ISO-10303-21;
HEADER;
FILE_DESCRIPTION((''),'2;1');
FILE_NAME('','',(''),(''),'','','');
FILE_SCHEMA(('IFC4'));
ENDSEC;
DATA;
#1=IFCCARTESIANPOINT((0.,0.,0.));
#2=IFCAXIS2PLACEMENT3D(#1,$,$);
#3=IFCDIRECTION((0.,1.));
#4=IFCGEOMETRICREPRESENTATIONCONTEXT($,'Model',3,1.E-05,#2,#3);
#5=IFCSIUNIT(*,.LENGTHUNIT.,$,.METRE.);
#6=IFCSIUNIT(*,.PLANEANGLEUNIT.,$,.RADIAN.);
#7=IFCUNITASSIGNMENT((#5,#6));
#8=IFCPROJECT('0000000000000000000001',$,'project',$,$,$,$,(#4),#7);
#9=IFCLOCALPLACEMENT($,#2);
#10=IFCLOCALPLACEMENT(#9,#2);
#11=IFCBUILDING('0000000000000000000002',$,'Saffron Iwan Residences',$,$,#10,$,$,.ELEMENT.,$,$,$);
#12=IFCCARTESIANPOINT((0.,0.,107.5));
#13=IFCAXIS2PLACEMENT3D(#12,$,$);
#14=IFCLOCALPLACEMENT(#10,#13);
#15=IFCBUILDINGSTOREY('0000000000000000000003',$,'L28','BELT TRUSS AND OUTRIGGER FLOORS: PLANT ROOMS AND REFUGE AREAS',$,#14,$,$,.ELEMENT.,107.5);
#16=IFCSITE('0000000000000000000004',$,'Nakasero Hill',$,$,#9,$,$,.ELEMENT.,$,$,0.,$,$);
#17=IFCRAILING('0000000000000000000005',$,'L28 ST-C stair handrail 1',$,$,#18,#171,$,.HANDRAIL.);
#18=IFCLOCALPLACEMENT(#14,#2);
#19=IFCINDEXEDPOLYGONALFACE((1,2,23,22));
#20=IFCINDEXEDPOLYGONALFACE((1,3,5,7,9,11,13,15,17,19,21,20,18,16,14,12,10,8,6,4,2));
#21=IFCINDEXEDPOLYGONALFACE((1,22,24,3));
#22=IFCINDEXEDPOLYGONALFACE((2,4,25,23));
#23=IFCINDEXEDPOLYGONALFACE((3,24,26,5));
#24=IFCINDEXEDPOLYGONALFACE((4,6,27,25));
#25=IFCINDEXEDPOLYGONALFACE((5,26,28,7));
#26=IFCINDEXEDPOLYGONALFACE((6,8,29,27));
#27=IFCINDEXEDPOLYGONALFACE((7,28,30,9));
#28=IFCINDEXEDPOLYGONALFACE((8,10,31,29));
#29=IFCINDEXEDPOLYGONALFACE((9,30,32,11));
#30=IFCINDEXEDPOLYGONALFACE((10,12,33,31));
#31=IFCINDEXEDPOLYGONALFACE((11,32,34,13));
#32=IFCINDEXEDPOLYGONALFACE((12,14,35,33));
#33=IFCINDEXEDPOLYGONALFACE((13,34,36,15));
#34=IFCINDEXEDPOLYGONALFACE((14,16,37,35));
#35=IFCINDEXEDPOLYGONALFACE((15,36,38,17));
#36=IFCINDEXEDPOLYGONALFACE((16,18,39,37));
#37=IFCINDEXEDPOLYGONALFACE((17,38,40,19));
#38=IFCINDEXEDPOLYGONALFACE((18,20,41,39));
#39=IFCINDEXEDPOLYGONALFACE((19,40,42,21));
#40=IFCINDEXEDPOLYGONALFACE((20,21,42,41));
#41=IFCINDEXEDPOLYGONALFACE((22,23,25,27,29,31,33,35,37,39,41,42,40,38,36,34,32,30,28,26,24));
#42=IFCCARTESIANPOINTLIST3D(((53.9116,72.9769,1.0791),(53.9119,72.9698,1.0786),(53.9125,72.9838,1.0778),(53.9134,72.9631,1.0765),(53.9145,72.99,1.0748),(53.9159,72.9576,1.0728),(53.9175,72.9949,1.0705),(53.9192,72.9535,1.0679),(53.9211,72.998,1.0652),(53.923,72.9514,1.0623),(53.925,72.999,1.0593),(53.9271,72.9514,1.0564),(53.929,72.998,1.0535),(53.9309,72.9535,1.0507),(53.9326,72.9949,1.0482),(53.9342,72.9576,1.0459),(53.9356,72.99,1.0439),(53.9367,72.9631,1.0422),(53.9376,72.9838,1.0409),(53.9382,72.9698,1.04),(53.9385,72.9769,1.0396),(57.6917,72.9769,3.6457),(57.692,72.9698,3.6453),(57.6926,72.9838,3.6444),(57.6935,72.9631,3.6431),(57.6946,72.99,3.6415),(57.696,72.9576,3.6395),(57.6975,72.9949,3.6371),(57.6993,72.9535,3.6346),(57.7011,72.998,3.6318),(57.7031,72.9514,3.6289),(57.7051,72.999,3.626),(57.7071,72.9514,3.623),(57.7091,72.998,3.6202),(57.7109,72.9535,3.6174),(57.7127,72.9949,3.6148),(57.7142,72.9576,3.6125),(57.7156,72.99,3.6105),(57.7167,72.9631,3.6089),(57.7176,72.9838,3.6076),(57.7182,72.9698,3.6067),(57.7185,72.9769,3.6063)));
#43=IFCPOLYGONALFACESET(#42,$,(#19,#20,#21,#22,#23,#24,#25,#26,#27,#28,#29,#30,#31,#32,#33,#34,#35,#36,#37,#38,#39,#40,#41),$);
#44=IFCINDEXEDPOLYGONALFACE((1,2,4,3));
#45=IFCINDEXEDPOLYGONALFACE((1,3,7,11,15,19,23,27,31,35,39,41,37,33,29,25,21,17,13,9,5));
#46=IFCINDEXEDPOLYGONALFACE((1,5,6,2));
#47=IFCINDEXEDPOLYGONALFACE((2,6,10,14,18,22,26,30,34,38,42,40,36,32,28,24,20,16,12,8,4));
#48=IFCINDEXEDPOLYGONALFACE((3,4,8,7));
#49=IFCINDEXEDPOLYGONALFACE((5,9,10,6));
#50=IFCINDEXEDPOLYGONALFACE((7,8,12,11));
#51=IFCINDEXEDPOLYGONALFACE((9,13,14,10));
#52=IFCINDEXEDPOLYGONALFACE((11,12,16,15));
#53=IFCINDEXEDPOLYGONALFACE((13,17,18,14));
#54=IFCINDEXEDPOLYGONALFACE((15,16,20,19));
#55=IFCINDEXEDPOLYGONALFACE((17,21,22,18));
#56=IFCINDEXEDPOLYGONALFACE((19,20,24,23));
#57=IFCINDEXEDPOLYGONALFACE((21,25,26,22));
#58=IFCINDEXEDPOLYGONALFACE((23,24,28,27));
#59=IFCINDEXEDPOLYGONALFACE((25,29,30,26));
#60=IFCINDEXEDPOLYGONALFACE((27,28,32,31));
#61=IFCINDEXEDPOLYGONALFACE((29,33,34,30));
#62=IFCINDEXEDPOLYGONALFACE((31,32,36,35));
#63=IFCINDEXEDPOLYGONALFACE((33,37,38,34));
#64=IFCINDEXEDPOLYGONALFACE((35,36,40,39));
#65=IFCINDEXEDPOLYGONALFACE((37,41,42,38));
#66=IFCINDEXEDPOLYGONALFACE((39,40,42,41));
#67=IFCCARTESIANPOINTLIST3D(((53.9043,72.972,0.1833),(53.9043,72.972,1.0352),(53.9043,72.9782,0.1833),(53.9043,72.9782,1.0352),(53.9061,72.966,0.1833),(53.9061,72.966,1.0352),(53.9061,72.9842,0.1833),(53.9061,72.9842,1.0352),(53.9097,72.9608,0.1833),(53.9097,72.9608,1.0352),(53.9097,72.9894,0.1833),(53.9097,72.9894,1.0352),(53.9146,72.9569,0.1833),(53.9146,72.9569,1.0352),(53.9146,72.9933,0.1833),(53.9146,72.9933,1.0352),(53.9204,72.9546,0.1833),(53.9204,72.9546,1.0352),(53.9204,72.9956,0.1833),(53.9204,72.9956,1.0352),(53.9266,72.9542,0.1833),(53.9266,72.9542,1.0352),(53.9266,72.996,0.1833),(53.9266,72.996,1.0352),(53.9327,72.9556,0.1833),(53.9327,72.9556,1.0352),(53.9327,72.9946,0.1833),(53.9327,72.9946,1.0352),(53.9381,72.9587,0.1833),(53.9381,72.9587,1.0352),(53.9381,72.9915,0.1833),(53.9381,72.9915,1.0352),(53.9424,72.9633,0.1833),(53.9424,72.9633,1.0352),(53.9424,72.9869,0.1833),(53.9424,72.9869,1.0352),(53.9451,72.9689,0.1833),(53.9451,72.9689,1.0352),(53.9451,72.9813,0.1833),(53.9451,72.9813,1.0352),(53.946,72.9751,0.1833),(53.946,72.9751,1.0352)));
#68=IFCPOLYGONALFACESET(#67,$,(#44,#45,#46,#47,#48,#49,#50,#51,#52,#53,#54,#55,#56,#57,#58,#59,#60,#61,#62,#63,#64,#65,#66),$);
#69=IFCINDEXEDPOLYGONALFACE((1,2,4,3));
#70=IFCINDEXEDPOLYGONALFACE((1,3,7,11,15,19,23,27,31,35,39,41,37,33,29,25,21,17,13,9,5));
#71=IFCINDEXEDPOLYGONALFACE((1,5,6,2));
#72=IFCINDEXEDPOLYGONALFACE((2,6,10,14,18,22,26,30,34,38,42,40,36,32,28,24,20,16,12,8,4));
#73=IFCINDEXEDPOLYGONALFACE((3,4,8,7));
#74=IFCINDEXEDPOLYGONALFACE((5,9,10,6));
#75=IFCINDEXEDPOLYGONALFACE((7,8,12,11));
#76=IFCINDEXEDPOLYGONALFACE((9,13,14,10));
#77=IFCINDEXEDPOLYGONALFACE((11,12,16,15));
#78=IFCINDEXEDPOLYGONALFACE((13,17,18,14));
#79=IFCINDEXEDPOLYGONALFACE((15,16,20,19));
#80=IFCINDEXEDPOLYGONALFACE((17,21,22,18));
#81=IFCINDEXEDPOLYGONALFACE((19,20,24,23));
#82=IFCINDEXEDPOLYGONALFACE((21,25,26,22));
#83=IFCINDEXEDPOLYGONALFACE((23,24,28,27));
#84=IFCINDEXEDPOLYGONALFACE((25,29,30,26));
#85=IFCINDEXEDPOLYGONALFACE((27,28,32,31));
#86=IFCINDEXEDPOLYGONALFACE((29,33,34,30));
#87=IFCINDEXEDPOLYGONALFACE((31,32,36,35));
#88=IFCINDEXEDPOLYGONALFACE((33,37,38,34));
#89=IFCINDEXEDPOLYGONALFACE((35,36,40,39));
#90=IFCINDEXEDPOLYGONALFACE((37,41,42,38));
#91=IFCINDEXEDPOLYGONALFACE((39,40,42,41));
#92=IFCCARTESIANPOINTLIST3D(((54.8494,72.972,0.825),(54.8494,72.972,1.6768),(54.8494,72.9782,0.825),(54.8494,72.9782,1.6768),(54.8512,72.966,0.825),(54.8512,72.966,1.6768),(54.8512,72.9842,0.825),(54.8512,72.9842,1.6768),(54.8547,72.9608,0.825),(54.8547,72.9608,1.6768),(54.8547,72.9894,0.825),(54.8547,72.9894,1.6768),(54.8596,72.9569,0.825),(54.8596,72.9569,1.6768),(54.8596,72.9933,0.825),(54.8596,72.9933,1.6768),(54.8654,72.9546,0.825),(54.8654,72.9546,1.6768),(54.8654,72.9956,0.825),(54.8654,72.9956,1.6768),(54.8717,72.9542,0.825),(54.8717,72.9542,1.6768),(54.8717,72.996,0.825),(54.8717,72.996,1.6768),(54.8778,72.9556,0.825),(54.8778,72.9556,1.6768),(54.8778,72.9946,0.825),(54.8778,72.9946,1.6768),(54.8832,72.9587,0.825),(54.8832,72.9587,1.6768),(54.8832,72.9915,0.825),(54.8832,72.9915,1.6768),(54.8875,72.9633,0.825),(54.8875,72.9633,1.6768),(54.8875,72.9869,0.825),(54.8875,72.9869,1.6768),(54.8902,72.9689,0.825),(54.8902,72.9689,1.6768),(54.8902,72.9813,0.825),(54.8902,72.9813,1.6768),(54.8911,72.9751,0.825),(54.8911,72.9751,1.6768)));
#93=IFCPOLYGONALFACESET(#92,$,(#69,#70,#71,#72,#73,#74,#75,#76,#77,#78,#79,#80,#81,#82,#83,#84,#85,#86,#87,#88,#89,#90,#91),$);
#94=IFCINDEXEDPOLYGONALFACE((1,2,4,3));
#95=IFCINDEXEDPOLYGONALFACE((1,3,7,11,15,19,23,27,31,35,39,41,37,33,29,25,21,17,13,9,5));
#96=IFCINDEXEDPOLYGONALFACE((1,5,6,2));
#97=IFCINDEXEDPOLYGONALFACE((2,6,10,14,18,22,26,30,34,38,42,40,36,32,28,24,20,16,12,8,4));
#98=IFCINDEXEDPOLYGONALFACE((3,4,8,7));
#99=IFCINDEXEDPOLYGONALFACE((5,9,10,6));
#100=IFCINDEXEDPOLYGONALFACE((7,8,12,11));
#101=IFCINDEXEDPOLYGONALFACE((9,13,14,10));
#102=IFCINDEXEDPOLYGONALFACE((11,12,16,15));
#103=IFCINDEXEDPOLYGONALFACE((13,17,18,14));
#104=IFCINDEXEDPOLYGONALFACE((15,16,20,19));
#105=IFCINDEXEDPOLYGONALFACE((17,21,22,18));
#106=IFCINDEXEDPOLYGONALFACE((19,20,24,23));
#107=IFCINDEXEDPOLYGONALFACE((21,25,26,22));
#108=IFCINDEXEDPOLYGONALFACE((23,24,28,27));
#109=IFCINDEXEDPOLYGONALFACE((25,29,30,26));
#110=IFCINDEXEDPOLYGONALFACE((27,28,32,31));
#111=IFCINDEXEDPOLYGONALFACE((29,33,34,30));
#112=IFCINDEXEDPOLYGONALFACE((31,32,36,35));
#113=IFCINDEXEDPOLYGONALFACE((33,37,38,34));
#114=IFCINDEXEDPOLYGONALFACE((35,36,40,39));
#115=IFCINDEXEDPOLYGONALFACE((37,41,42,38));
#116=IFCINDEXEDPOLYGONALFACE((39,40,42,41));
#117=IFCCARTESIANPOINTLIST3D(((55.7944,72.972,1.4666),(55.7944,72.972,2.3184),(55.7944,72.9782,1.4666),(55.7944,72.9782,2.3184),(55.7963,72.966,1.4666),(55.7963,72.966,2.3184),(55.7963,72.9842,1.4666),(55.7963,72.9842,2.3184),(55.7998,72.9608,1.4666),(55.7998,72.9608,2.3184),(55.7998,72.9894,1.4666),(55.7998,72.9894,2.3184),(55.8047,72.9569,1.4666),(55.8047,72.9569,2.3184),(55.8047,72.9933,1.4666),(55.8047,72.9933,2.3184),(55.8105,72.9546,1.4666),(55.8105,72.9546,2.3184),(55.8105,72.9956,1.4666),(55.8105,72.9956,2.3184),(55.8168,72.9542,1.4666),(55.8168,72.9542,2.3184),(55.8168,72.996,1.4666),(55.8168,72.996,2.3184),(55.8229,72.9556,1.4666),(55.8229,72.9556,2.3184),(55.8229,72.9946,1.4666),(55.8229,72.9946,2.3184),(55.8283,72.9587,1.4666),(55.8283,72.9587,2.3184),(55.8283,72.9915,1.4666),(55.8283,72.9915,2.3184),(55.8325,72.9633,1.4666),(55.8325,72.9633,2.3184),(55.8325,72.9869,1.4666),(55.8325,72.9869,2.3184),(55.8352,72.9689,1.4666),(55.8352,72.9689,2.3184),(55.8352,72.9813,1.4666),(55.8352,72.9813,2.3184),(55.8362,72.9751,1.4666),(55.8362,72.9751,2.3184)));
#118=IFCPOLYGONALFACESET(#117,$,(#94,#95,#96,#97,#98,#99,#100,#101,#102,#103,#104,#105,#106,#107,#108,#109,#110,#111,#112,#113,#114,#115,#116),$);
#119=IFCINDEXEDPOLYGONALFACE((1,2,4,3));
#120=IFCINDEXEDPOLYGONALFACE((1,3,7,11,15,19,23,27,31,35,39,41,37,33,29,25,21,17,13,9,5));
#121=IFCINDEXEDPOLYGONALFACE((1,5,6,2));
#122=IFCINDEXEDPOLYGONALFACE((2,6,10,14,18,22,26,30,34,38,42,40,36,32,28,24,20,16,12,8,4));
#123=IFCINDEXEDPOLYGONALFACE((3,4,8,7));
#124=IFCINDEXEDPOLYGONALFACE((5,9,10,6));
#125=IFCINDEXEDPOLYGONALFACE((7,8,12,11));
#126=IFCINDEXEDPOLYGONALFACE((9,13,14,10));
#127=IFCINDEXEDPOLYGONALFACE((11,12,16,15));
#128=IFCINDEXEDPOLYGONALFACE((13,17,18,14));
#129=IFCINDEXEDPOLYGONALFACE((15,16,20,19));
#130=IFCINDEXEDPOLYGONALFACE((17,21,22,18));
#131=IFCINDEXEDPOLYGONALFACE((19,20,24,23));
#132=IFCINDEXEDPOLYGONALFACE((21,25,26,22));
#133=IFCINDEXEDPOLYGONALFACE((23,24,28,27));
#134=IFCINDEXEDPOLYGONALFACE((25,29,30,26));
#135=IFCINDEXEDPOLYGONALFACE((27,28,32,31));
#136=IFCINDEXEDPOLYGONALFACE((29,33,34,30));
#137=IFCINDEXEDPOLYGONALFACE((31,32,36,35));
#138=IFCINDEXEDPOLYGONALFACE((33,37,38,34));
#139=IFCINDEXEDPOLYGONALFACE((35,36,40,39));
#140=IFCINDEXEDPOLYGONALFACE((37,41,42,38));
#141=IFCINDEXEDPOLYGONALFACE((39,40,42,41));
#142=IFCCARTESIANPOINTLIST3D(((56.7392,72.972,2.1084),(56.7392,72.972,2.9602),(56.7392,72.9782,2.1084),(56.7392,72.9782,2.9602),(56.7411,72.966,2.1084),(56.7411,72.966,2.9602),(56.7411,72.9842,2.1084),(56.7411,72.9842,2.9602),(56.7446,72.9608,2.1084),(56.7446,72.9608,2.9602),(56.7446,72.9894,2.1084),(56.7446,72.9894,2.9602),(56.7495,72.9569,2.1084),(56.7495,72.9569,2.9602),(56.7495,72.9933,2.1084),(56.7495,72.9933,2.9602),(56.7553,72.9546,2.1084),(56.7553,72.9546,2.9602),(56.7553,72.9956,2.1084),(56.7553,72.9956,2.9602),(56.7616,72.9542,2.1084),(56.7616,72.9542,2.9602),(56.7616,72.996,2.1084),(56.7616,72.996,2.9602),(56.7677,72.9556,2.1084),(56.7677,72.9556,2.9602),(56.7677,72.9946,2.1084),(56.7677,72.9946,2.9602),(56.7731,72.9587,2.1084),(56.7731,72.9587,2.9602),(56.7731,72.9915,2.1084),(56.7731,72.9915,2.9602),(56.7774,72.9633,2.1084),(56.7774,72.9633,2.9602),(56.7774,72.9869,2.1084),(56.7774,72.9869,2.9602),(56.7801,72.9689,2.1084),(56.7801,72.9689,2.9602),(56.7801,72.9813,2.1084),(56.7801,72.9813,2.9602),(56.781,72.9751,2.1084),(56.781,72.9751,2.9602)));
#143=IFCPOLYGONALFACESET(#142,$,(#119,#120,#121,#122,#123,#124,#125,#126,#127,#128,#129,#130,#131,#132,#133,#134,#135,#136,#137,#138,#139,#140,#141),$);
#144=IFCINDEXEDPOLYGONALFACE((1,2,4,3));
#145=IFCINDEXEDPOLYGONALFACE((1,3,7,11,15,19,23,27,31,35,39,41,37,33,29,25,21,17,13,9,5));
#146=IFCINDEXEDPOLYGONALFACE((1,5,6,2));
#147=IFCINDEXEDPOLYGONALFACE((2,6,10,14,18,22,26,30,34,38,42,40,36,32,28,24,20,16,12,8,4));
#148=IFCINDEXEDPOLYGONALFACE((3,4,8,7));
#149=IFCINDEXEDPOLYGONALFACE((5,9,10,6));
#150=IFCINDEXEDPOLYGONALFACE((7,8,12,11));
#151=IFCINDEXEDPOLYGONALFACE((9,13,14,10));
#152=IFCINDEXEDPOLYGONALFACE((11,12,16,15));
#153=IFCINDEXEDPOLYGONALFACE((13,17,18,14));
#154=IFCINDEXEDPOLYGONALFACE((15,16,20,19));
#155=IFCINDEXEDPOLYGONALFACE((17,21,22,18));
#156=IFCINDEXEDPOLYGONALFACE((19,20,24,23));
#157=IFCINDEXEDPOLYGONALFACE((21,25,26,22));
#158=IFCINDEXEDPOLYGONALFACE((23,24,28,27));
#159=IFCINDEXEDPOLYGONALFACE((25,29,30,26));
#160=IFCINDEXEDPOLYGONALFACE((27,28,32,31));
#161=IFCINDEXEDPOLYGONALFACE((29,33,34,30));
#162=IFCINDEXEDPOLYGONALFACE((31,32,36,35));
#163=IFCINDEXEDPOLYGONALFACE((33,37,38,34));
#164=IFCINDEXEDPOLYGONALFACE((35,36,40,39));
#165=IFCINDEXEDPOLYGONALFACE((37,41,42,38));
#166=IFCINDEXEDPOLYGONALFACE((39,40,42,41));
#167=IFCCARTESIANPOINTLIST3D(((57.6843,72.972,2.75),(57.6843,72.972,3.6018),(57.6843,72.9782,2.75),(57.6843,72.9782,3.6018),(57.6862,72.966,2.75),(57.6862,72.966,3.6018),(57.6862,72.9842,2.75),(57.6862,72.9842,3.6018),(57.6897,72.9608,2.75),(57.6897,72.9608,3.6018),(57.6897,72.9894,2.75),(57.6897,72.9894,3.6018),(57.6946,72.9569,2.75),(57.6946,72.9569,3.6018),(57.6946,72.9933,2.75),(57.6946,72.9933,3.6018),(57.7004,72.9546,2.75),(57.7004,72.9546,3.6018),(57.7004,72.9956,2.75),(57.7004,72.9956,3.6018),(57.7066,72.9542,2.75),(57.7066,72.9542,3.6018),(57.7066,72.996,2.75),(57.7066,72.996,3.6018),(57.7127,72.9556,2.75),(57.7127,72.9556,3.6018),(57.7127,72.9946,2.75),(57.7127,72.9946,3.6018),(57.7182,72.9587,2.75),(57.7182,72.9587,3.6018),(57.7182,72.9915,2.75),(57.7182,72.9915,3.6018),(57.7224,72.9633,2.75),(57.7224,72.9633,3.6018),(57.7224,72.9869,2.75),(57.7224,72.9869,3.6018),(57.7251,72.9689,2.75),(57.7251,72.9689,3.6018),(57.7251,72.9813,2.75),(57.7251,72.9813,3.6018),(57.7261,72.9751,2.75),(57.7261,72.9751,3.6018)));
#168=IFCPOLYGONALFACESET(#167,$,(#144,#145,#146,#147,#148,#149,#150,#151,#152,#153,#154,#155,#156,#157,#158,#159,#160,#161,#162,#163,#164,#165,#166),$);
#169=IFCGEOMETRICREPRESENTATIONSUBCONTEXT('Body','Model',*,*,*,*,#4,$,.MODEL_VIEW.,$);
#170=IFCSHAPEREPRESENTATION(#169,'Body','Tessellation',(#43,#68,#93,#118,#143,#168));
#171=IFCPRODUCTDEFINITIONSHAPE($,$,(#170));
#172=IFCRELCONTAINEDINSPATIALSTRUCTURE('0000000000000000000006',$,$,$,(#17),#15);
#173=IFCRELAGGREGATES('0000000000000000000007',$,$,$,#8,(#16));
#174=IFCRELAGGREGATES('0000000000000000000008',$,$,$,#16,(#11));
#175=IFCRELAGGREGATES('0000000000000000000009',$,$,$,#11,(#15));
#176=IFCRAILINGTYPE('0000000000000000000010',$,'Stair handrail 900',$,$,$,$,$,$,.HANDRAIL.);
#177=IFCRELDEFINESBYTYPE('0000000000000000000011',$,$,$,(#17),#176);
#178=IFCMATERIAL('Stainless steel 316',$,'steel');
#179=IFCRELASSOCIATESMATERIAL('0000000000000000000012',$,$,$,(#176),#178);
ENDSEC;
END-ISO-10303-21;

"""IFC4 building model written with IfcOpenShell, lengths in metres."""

from ifc_helpers import new_model, si_unit, direction, frame, origin, origin_2d, place, context, subcontext, project, spatial, circle, extrude, material, type_object, element, save


model = new_model("IFC4")

# Units and contexts
model_context = context("Model", 3, precision=1e-05, world=origin(), true_north=direction((0.0, 1.0)))
body_context = subcontext(model_context, "Body", "Model", "MODEL_VIEW")
ifc_project = project(units=[si_unit("LENGTHUNIT", "METRE"), si_unit("PLANEANGLEUNIT", "RADIAN")], contexts=[model_context])

# Site, building, storey
site_placement = place(None, origin())
site = spatial("IfcSite", under=ifc_project, at=site_placement, Name="Nakasero Hill", CompositionType="ELEMENT", RefElevation=0.0)
building_placement = place(site_placement, origin())
building = spatial("IfcBuilding", under=site, at=building_placement, Name="Saffron Iwan Residences", CompositionType="ELEMENT")
storey_placement = place(building_placement, frame((0.0, 0.0, 107.5)))
storey = spatial("IfcBuildingStorey", under=building, at=storey_placement, Name="L28", Description="BELT TRUSS AND OUTRIGGER FLOORS: PLANT ROOMS AND REFUGE AREAS", CompositionType="ELEMENT", Elevation=107.5)

# Railing
ifc_material_1 = material(Name="Stainless steel 316", Category="steel")
railing_type_1 = type_object("IfcRailingType", Name="Stair handrail 900", PredefinedType="HANDRAIL", material=ifc_material_1)
railing_1_placement = place(storey_placement, frame((53.925, 72.9751, 0.1833)))
element("IfcRailing", 1, at=railing_1_placement, inside=storey, type_object=railing_type_1, Name="L28 ST-C stair handrail 1", PredefinedType="HANDRAIL", context=body_context, shape_type="SweptSolid", body=[
    extrude(circle(Radius=0.0239, at=origin_2d()), frame((0.0, 0.0, 0.876), z_axis=(0.82731, 0.0, 0.561746), x_axis=(0.0, 1.0, 0.0)), (0.0, 0.0, 1.0), 4.5691),
    extrude(circle(Radius=0.021, at=origin_2d()), origin(), (0.0, 0.0, 1.0), 0.8518),
    extrude(circle(Radius=0.021, at=origin_2d()), frame((0.9451, 0.0, 0.6416)), (0.0, 0.0, 1.0), 0.8518),
    extrude(circle(Radius=0.021, at=origin_2d()), frame((1.8901, 0.0, 1.2832)), (0.0, 0.0, 1.0), 0.8518),
    extrude(circle(Radius=0.021, at=origin_2d()), frame((2.835, 0.0, 1.925)), (0.0, 0.0, 1.0), 0.8518),
    extrude(circle(Radius=0.021, at=origin_2d()), frame((3.78, 0.0, 2.5667)), (0.0, 0.0, 1.0), 0.8518),
])

save(model, "model.ifc")
